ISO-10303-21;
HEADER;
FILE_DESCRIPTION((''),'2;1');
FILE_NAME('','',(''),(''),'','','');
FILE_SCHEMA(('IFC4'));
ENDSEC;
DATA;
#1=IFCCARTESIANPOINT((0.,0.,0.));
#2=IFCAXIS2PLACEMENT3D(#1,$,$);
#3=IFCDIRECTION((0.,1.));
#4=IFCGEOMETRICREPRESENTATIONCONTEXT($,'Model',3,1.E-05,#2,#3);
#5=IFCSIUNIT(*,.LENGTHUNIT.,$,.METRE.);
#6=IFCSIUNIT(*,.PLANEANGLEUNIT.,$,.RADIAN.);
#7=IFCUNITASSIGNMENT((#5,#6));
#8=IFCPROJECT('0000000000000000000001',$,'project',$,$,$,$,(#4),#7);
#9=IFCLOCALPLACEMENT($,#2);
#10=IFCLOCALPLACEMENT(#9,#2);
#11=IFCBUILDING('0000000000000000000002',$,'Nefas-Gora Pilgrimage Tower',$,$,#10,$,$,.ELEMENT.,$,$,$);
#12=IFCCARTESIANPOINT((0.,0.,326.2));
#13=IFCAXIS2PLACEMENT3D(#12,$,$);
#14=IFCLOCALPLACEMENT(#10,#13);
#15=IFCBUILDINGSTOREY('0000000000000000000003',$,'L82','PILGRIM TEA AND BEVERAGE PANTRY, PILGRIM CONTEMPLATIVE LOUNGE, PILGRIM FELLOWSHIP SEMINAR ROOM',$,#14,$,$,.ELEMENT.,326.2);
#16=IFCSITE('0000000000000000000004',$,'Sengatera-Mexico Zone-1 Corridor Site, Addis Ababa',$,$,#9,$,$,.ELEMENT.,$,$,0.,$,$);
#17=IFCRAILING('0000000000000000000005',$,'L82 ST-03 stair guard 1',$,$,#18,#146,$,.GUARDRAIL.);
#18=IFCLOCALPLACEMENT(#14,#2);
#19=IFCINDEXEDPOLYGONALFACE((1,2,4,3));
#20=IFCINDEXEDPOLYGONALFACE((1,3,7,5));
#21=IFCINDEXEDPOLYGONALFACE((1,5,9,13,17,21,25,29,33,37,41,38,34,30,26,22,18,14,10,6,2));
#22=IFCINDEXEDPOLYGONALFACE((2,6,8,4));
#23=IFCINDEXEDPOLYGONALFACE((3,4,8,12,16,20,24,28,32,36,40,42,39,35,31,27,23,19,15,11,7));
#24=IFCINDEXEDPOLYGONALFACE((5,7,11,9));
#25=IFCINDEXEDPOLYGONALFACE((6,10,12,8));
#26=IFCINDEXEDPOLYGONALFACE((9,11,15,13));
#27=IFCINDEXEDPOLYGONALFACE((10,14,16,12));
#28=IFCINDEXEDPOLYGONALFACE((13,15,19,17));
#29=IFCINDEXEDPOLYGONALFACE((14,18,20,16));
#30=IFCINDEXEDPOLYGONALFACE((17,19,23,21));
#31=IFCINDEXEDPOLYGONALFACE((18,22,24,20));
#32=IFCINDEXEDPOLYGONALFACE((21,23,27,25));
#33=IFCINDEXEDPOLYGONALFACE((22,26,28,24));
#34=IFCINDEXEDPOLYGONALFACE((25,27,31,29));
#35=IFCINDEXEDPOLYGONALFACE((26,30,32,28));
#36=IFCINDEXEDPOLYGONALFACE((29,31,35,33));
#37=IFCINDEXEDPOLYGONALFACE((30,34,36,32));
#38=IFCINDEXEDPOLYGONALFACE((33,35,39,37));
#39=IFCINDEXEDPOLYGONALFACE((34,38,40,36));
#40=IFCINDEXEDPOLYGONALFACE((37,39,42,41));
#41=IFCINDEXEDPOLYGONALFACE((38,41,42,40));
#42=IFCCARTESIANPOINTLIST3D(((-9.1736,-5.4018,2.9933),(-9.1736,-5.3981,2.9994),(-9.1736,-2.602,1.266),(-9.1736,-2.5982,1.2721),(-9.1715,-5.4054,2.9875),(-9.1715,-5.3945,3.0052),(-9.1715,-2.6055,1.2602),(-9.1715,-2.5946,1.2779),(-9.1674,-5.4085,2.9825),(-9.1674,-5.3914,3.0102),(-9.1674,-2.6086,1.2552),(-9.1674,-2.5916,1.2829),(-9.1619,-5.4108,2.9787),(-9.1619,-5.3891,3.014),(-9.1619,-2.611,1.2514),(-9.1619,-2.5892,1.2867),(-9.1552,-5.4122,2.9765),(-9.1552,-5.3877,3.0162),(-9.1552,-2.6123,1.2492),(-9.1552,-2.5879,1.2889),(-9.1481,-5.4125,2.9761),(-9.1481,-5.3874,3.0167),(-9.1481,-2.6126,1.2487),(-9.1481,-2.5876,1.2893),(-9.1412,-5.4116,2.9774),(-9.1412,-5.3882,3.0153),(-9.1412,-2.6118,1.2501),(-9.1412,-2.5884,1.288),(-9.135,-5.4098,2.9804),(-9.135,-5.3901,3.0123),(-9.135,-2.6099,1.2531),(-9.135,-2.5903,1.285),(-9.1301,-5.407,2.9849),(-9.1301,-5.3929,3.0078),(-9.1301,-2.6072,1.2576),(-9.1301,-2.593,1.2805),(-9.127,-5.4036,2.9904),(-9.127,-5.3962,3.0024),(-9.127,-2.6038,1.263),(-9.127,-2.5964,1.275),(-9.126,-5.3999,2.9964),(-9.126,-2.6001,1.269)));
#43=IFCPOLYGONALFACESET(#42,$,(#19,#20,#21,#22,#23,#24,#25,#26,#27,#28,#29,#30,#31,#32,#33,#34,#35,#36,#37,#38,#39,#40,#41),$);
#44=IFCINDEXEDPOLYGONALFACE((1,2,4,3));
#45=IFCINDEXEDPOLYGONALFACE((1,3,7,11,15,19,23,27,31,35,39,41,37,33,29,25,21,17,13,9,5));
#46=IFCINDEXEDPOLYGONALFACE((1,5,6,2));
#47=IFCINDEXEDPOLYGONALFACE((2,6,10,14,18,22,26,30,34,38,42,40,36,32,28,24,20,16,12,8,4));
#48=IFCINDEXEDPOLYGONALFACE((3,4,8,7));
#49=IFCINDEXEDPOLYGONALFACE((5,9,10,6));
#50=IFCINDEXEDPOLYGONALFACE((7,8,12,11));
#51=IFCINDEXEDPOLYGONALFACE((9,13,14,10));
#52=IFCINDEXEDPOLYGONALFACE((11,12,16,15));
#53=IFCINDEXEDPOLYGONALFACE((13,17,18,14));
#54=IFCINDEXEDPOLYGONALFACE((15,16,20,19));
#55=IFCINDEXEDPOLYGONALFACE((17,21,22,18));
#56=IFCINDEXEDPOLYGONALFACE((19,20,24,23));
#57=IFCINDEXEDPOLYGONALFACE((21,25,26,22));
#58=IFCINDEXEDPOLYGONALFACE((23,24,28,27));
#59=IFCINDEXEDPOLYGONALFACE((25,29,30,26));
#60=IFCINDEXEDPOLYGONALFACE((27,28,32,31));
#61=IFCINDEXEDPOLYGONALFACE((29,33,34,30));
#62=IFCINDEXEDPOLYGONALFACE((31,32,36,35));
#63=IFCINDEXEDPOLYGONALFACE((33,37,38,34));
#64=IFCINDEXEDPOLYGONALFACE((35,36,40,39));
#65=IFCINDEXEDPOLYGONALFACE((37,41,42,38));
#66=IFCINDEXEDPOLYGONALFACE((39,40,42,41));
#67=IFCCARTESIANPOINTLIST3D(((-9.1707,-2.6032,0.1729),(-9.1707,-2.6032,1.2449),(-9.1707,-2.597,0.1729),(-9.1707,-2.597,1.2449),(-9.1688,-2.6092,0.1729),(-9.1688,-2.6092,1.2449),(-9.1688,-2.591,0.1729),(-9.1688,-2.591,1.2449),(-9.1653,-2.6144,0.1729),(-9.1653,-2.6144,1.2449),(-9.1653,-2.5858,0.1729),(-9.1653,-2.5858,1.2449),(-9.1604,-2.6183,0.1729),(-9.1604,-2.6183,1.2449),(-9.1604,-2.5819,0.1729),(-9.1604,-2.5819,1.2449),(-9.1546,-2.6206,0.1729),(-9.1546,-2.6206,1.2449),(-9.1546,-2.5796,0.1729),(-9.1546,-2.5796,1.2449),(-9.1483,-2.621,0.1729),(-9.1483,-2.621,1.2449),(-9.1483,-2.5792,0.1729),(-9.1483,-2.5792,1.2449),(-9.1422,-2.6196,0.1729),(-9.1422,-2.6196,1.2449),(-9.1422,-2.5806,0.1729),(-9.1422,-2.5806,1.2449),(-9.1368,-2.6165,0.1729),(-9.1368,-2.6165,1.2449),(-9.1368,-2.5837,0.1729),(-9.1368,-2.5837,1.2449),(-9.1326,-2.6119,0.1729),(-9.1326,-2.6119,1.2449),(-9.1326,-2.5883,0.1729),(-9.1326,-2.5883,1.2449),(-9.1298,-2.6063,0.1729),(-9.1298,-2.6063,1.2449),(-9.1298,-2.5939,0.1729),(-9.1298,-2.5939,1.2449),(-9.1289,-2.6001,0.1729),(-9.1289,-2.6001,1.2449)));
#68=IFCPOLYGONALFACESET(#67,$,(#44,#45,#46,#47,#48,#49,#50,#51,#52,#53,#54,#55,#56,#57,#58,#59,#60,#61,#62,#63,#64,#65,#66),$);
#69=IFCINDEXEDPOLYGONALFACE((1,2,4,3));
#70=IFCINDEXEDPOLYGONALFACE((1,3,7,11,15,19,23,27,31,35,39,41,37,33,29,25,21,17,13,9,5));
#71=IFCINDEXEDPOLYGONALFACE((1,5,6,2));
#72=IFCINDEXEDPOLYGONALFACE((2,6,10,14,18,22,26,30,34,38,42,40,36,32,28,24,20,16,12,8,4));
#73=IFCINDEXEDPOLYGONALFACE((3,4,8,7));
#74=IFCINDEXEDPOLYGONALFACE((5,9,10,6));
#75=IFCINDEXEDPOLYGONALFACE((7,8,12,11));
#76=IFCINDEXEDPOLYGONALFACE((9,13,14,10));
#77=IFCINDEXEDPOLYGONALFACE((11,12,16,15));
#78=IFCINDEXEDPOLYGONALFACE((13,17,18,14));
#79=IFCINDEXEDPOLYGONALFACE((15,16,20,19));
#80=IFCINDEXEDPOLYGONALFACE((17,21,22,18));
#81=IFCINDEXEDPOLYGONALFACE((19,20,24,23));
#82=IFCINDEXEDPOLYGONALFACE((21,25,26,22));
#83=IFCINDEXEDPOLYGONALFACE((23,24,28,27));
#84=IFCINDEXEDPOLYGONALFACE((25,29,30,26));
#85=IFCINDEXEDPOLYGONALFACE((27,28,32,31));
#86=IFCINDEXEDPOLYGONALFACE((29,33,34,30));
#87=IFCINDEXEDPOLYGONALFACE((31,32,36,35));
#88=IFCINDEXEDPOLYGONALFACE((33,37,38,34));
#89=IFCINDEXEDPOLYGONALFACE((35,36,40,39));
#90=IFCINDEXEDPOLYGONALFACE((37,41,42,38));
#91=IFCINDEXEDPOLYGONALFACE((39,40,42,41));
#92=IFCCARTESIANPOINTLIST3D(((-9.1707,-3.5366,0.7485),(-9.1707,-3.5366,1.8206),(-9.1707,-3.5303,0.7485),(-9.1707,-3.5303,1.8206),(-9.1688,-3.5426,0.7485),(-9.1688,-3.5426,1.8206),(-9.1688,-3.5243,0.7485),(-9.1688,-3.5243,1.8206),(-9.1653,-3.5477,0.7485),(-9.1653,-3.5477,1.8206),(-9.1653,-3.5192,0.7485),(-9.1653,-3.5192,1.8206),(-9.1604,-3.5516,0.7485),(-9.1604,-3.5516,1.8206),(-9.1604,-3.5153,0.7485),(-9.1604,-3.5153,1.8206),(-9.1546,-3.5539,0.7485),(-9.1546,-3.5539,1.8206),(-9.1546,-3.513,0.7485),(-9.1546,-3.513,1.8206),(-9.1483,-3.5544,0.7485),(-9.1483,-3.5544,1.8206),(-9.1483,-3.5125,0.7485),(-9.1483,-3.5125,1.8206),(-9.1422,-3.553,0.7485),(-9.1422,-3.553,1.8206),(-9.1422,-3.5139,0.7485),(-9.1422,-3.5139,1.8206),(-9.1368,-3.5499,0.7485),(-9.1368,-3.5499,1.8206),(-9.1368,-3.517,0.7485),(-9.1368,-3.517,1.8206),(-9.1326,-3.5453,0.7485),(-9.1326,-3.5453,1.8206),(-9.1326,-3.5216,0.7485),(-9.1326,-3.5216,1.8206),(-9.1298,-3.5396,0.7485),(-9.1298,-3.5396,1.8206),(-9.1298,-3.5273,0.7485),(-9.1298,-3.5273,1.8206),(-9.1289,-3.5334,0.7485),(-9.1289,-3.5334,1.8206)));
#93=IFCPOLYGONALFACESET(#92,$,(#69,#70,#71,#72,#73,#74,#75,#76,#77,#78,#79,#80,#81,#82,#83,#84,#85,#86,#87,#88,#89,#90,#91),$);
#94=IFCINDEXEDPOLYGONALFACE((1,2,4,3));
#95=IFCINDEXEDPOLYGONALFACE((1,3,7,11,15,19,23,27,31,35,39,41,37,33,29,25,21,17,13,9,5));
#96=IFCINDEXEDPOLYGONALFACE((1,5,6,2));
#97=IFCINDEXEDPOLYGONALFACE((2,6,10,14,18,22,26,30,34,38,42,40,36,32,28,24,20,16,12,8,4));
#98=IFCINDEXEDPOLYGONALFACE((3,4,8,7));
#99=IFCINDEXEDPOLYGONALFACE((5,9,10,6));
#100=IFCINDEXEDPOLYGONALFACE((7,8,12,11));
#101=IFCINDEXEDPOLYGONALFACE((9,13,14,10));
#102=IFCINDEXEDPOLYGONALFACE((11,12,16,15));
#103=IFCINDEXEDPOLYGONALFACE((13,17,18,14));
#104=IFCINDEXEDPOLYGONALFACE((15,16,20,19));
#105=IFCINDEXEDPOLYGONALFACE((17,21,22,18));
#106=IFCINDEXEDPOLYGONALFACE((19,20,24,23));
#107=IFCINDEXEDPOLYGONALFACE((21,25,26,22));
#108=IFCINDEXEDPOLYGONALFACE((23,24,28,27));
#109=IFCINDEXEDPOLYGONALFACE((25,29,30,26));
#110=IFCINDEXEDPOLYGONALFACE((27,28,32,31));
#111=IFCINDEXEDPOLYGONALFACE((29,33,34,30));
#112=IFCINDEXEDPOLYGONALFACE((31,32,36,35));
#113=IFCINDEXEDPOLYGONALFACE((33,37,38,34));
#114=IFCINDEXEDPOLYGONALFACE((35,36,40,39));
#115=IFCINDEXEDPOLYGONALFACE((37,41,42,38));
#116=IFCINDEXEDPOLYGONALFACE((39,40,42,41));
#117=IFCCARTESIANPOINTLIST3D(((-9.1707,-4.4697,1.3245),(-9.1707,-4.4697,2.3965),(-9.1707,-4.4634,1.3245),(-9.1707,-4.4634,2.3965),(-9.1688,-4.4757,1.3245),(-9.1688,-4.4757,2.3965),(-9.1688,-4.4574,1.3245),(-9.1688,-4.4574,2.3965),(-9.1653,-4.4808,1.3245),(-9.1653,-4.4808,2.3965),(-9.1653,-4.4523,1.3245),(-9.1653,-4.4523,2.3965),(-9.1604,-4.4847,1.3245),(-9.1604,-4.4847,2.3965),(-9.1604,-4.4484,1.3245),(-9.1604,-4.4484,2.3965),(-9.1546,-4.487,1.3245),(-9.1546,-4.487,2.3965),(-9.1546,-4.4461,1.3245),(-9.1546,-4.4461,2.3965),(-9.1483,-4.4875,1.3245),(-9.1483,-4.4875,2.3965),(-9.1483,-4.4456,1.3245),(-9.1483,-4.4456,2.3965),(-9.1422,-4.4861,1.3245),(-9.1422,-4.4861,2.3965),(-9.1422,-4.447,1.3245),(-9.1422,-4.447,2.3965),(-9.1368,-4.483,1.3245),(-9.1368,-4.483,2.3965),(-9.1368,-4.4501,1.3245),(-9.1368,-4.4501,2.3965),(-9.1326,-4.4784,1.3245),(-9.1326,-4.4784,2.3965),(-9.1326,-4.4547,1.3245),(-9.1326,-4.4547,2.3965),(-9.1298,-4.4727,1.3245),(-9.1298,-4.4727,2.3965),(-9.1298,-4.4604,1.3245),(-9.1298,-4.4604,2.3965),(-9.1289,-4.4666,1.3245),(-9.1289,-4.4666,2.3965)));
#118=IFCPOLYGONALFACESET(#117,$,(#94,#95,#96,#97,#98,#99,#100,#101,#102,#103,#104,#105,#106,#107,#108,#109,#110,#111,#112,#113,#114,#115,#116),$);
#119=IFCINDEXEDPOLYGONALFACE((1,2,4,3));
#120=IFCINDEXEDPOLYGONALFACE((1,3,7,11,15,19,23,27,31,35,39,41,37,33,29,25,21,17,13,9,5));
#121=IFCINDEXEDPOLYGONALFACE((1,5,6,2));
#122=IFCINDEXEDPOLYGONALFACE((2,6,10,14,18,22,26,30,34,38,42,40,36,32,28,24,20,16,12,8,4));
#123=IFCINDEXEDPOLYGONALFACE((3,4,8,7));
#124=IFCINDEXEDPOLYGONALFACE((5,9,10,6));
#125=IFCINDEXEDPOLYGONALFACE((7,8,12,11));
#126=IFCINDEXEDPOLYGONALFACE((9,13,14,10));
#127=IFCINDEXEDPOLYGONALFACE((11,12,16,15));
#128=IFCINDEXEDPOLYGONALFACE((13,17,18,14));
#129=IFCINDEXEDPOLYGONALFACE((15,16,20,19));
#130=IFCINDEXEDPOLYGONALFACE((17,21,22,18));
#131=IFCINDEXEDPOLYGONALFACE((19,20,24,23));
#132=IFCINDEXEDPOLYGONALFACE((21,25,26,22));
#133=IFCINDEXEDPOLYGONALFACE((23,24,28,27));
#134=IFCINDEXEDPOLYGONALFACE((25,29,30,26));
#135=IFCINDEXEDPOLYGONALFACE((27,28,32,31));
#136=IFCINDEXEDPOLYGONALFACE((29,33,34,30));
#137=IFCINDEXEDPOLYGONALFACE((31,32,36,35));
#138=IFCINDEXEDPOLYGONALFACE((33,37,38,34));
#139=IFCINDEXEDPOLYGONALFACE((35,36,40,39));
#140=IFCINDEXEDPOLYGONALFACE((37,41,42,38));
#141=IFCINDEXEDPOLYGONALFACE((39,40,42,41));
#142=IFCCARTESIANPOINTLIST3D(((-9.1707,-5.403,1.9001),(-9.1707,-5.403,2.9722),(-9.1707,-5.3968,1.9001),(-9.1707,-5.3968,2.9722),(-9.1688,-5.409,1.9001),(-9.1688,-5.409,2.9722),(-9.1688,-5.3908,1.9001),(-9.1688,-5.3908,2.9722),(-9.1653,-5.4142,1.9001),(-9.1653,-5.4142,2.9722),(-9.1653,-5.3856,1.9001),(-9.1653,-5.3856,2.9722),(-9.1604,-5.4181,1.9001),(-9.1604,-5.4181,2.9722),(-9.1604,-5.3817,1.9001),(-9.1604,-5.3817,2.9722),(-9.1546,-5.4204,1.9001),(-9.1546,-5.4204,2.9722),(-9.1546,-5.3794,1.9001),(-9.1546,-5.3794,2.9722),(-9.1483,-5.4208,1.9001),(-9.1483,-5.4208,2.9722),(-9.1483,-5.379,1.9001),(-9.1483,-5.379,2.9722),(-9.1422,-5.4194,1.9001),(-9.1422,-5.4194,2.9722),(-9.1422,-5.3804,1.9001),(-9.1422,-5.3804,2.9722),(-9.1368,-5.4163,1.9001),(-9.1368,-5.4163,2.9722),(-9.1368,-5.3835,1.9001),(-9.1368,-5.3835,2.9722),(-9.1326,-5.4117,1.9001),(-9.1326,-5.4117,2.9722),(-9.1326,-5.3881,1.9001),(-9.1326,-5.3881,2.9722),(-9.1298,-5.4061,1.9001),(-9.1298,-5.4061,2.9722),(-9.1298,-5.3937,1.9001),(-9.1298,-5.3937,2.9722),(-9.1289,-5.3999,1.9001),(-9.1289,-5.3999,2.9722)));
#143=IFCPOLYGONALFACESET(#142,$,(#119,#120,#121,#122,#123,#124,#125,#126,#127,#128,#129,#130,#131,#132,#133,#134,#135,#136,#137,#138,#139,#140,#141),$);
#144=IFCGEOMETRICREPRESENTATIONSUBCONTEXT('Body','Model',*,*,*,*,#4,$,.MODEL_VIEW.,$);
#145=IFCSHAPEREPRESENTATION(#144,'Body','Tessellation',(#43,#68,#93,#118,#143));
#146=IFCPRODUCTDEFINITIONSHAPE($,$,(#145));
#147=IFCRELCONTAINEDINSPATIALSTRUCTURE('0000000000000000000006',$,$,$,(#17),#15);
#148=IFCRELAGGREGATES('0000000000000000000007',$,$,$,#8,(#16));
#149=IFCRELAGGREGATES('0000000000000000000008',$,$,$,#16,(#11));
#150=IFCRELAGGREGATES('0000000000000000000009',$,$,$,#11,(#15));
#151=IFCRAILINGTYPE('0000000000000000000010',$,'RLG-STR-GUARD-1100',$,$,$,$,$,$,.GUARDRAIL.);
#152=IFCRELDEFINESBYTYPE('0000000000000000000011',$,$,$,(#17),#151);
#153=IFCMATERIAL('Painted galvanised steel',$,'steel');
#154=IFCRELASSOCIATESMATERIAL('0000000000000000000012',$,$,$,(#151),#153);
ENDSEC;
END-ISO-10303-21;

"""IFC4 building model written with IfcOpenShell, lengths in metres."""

from ifc_helpers import new_model, si_unit, direction, frame, origin, origin_2d, place, context, subcontext, project, spatial, circle, extrude, material, type_object, element, save


model = new_model("IFC4")

# Units and contexts
model_context = context("Model", 3, precision=1e-05, world=origin(), true_north=direction((0.0, 1.0)))
body_context = subcontext(model_context, "Body", "Model", "MODEL_VIEW")
ifc_project = project(units=[si_unit("LENGTHUNIT", "METRE"), si_unit("PLANEANGLEUNIT", "RADIAN")], contexts=[model_context])

# Site, building, storey
site_placement = place(None, origin())
site = spatial("IfcSite", under=ifc_project, at=site_placement, Name="Sengatera-Mexico Zone-1 Corridor Site, Addis Ababa", CompositionType="ELEMENT", RefElevation=0.0)
building_placement = place(site_placement, origin())
building = spatial("IfcBuilding", under=site, at=building_placement, Name="Nefas-Gora Pilgrimage Tower", CompositionType="ELEMENT")
storey_placement = place(building_placement, frame((0.0, 0.0, 326.2)))
storey = spatial("IfcBuildingStorey", under=building, at=storey_placement, Name="L82", Description="PILGRIM TEA AND BEVERAGE PANTRY, PILGRIM CONTEMPLATIVE LOUNGE, PILGRIM FELLOWSHIP SEMINAR ROOM", CompositionType="ELEMENT", Elevation=326.2)

# Railing
ifc_material_1 = material(Name="Painted galvanised steel", Category="steel")
railing_type_1 = type_object("IfcRailingType", Name="RLG-STR-GUARD-1100", PredefinedType="GUARDRAIL", material=ifc_material_1)
railing_1_placement = place(storey_placement, frame((-9.1499, -2.6001, 0.1729)))
element("IfcRailing", 1, at=railing_1_placement, inside=storey, type_object=railing_type_1, Name="L82 ST-03 stair guard 1", PredefinedType="GUARDRAIL", context=body_context, shape_type="SweptSolid", body=[
    extrude(circle(Radius=0.0239, at=origin_2d()), frame((0.0, 0.0, 1.0962), z_axis=(0.0, -0.851069, 0.525054), x_axis=(1.0, 0.0, 0.0)), (0.0, 0.0, 1.0), 3.2898),
    extrude(circle(Radius=0.021, at=origin_2d()), origin(), (0.0, 0.0, 1.0), 1.072),
    extrude(circle(Radius=0.021, at=origin_2d()), frame((0.0, -0.9333, 0.5757)), (0.0, 0.0, 1.0), 1.072),
    extrude(circle(Radius=0.021, at=origin_2d()), frame((0.0, -1.8665, 1.1516)), (0.0, 0.0, 1.0), 1.072),
    extrude(circle(Radius=0.021, at=origin_2d()), frame((0.0, -2.7998, 1.7273)), (0.0, 0.0, 1.0), 1.072),
])

save(model, "model.ifc")
